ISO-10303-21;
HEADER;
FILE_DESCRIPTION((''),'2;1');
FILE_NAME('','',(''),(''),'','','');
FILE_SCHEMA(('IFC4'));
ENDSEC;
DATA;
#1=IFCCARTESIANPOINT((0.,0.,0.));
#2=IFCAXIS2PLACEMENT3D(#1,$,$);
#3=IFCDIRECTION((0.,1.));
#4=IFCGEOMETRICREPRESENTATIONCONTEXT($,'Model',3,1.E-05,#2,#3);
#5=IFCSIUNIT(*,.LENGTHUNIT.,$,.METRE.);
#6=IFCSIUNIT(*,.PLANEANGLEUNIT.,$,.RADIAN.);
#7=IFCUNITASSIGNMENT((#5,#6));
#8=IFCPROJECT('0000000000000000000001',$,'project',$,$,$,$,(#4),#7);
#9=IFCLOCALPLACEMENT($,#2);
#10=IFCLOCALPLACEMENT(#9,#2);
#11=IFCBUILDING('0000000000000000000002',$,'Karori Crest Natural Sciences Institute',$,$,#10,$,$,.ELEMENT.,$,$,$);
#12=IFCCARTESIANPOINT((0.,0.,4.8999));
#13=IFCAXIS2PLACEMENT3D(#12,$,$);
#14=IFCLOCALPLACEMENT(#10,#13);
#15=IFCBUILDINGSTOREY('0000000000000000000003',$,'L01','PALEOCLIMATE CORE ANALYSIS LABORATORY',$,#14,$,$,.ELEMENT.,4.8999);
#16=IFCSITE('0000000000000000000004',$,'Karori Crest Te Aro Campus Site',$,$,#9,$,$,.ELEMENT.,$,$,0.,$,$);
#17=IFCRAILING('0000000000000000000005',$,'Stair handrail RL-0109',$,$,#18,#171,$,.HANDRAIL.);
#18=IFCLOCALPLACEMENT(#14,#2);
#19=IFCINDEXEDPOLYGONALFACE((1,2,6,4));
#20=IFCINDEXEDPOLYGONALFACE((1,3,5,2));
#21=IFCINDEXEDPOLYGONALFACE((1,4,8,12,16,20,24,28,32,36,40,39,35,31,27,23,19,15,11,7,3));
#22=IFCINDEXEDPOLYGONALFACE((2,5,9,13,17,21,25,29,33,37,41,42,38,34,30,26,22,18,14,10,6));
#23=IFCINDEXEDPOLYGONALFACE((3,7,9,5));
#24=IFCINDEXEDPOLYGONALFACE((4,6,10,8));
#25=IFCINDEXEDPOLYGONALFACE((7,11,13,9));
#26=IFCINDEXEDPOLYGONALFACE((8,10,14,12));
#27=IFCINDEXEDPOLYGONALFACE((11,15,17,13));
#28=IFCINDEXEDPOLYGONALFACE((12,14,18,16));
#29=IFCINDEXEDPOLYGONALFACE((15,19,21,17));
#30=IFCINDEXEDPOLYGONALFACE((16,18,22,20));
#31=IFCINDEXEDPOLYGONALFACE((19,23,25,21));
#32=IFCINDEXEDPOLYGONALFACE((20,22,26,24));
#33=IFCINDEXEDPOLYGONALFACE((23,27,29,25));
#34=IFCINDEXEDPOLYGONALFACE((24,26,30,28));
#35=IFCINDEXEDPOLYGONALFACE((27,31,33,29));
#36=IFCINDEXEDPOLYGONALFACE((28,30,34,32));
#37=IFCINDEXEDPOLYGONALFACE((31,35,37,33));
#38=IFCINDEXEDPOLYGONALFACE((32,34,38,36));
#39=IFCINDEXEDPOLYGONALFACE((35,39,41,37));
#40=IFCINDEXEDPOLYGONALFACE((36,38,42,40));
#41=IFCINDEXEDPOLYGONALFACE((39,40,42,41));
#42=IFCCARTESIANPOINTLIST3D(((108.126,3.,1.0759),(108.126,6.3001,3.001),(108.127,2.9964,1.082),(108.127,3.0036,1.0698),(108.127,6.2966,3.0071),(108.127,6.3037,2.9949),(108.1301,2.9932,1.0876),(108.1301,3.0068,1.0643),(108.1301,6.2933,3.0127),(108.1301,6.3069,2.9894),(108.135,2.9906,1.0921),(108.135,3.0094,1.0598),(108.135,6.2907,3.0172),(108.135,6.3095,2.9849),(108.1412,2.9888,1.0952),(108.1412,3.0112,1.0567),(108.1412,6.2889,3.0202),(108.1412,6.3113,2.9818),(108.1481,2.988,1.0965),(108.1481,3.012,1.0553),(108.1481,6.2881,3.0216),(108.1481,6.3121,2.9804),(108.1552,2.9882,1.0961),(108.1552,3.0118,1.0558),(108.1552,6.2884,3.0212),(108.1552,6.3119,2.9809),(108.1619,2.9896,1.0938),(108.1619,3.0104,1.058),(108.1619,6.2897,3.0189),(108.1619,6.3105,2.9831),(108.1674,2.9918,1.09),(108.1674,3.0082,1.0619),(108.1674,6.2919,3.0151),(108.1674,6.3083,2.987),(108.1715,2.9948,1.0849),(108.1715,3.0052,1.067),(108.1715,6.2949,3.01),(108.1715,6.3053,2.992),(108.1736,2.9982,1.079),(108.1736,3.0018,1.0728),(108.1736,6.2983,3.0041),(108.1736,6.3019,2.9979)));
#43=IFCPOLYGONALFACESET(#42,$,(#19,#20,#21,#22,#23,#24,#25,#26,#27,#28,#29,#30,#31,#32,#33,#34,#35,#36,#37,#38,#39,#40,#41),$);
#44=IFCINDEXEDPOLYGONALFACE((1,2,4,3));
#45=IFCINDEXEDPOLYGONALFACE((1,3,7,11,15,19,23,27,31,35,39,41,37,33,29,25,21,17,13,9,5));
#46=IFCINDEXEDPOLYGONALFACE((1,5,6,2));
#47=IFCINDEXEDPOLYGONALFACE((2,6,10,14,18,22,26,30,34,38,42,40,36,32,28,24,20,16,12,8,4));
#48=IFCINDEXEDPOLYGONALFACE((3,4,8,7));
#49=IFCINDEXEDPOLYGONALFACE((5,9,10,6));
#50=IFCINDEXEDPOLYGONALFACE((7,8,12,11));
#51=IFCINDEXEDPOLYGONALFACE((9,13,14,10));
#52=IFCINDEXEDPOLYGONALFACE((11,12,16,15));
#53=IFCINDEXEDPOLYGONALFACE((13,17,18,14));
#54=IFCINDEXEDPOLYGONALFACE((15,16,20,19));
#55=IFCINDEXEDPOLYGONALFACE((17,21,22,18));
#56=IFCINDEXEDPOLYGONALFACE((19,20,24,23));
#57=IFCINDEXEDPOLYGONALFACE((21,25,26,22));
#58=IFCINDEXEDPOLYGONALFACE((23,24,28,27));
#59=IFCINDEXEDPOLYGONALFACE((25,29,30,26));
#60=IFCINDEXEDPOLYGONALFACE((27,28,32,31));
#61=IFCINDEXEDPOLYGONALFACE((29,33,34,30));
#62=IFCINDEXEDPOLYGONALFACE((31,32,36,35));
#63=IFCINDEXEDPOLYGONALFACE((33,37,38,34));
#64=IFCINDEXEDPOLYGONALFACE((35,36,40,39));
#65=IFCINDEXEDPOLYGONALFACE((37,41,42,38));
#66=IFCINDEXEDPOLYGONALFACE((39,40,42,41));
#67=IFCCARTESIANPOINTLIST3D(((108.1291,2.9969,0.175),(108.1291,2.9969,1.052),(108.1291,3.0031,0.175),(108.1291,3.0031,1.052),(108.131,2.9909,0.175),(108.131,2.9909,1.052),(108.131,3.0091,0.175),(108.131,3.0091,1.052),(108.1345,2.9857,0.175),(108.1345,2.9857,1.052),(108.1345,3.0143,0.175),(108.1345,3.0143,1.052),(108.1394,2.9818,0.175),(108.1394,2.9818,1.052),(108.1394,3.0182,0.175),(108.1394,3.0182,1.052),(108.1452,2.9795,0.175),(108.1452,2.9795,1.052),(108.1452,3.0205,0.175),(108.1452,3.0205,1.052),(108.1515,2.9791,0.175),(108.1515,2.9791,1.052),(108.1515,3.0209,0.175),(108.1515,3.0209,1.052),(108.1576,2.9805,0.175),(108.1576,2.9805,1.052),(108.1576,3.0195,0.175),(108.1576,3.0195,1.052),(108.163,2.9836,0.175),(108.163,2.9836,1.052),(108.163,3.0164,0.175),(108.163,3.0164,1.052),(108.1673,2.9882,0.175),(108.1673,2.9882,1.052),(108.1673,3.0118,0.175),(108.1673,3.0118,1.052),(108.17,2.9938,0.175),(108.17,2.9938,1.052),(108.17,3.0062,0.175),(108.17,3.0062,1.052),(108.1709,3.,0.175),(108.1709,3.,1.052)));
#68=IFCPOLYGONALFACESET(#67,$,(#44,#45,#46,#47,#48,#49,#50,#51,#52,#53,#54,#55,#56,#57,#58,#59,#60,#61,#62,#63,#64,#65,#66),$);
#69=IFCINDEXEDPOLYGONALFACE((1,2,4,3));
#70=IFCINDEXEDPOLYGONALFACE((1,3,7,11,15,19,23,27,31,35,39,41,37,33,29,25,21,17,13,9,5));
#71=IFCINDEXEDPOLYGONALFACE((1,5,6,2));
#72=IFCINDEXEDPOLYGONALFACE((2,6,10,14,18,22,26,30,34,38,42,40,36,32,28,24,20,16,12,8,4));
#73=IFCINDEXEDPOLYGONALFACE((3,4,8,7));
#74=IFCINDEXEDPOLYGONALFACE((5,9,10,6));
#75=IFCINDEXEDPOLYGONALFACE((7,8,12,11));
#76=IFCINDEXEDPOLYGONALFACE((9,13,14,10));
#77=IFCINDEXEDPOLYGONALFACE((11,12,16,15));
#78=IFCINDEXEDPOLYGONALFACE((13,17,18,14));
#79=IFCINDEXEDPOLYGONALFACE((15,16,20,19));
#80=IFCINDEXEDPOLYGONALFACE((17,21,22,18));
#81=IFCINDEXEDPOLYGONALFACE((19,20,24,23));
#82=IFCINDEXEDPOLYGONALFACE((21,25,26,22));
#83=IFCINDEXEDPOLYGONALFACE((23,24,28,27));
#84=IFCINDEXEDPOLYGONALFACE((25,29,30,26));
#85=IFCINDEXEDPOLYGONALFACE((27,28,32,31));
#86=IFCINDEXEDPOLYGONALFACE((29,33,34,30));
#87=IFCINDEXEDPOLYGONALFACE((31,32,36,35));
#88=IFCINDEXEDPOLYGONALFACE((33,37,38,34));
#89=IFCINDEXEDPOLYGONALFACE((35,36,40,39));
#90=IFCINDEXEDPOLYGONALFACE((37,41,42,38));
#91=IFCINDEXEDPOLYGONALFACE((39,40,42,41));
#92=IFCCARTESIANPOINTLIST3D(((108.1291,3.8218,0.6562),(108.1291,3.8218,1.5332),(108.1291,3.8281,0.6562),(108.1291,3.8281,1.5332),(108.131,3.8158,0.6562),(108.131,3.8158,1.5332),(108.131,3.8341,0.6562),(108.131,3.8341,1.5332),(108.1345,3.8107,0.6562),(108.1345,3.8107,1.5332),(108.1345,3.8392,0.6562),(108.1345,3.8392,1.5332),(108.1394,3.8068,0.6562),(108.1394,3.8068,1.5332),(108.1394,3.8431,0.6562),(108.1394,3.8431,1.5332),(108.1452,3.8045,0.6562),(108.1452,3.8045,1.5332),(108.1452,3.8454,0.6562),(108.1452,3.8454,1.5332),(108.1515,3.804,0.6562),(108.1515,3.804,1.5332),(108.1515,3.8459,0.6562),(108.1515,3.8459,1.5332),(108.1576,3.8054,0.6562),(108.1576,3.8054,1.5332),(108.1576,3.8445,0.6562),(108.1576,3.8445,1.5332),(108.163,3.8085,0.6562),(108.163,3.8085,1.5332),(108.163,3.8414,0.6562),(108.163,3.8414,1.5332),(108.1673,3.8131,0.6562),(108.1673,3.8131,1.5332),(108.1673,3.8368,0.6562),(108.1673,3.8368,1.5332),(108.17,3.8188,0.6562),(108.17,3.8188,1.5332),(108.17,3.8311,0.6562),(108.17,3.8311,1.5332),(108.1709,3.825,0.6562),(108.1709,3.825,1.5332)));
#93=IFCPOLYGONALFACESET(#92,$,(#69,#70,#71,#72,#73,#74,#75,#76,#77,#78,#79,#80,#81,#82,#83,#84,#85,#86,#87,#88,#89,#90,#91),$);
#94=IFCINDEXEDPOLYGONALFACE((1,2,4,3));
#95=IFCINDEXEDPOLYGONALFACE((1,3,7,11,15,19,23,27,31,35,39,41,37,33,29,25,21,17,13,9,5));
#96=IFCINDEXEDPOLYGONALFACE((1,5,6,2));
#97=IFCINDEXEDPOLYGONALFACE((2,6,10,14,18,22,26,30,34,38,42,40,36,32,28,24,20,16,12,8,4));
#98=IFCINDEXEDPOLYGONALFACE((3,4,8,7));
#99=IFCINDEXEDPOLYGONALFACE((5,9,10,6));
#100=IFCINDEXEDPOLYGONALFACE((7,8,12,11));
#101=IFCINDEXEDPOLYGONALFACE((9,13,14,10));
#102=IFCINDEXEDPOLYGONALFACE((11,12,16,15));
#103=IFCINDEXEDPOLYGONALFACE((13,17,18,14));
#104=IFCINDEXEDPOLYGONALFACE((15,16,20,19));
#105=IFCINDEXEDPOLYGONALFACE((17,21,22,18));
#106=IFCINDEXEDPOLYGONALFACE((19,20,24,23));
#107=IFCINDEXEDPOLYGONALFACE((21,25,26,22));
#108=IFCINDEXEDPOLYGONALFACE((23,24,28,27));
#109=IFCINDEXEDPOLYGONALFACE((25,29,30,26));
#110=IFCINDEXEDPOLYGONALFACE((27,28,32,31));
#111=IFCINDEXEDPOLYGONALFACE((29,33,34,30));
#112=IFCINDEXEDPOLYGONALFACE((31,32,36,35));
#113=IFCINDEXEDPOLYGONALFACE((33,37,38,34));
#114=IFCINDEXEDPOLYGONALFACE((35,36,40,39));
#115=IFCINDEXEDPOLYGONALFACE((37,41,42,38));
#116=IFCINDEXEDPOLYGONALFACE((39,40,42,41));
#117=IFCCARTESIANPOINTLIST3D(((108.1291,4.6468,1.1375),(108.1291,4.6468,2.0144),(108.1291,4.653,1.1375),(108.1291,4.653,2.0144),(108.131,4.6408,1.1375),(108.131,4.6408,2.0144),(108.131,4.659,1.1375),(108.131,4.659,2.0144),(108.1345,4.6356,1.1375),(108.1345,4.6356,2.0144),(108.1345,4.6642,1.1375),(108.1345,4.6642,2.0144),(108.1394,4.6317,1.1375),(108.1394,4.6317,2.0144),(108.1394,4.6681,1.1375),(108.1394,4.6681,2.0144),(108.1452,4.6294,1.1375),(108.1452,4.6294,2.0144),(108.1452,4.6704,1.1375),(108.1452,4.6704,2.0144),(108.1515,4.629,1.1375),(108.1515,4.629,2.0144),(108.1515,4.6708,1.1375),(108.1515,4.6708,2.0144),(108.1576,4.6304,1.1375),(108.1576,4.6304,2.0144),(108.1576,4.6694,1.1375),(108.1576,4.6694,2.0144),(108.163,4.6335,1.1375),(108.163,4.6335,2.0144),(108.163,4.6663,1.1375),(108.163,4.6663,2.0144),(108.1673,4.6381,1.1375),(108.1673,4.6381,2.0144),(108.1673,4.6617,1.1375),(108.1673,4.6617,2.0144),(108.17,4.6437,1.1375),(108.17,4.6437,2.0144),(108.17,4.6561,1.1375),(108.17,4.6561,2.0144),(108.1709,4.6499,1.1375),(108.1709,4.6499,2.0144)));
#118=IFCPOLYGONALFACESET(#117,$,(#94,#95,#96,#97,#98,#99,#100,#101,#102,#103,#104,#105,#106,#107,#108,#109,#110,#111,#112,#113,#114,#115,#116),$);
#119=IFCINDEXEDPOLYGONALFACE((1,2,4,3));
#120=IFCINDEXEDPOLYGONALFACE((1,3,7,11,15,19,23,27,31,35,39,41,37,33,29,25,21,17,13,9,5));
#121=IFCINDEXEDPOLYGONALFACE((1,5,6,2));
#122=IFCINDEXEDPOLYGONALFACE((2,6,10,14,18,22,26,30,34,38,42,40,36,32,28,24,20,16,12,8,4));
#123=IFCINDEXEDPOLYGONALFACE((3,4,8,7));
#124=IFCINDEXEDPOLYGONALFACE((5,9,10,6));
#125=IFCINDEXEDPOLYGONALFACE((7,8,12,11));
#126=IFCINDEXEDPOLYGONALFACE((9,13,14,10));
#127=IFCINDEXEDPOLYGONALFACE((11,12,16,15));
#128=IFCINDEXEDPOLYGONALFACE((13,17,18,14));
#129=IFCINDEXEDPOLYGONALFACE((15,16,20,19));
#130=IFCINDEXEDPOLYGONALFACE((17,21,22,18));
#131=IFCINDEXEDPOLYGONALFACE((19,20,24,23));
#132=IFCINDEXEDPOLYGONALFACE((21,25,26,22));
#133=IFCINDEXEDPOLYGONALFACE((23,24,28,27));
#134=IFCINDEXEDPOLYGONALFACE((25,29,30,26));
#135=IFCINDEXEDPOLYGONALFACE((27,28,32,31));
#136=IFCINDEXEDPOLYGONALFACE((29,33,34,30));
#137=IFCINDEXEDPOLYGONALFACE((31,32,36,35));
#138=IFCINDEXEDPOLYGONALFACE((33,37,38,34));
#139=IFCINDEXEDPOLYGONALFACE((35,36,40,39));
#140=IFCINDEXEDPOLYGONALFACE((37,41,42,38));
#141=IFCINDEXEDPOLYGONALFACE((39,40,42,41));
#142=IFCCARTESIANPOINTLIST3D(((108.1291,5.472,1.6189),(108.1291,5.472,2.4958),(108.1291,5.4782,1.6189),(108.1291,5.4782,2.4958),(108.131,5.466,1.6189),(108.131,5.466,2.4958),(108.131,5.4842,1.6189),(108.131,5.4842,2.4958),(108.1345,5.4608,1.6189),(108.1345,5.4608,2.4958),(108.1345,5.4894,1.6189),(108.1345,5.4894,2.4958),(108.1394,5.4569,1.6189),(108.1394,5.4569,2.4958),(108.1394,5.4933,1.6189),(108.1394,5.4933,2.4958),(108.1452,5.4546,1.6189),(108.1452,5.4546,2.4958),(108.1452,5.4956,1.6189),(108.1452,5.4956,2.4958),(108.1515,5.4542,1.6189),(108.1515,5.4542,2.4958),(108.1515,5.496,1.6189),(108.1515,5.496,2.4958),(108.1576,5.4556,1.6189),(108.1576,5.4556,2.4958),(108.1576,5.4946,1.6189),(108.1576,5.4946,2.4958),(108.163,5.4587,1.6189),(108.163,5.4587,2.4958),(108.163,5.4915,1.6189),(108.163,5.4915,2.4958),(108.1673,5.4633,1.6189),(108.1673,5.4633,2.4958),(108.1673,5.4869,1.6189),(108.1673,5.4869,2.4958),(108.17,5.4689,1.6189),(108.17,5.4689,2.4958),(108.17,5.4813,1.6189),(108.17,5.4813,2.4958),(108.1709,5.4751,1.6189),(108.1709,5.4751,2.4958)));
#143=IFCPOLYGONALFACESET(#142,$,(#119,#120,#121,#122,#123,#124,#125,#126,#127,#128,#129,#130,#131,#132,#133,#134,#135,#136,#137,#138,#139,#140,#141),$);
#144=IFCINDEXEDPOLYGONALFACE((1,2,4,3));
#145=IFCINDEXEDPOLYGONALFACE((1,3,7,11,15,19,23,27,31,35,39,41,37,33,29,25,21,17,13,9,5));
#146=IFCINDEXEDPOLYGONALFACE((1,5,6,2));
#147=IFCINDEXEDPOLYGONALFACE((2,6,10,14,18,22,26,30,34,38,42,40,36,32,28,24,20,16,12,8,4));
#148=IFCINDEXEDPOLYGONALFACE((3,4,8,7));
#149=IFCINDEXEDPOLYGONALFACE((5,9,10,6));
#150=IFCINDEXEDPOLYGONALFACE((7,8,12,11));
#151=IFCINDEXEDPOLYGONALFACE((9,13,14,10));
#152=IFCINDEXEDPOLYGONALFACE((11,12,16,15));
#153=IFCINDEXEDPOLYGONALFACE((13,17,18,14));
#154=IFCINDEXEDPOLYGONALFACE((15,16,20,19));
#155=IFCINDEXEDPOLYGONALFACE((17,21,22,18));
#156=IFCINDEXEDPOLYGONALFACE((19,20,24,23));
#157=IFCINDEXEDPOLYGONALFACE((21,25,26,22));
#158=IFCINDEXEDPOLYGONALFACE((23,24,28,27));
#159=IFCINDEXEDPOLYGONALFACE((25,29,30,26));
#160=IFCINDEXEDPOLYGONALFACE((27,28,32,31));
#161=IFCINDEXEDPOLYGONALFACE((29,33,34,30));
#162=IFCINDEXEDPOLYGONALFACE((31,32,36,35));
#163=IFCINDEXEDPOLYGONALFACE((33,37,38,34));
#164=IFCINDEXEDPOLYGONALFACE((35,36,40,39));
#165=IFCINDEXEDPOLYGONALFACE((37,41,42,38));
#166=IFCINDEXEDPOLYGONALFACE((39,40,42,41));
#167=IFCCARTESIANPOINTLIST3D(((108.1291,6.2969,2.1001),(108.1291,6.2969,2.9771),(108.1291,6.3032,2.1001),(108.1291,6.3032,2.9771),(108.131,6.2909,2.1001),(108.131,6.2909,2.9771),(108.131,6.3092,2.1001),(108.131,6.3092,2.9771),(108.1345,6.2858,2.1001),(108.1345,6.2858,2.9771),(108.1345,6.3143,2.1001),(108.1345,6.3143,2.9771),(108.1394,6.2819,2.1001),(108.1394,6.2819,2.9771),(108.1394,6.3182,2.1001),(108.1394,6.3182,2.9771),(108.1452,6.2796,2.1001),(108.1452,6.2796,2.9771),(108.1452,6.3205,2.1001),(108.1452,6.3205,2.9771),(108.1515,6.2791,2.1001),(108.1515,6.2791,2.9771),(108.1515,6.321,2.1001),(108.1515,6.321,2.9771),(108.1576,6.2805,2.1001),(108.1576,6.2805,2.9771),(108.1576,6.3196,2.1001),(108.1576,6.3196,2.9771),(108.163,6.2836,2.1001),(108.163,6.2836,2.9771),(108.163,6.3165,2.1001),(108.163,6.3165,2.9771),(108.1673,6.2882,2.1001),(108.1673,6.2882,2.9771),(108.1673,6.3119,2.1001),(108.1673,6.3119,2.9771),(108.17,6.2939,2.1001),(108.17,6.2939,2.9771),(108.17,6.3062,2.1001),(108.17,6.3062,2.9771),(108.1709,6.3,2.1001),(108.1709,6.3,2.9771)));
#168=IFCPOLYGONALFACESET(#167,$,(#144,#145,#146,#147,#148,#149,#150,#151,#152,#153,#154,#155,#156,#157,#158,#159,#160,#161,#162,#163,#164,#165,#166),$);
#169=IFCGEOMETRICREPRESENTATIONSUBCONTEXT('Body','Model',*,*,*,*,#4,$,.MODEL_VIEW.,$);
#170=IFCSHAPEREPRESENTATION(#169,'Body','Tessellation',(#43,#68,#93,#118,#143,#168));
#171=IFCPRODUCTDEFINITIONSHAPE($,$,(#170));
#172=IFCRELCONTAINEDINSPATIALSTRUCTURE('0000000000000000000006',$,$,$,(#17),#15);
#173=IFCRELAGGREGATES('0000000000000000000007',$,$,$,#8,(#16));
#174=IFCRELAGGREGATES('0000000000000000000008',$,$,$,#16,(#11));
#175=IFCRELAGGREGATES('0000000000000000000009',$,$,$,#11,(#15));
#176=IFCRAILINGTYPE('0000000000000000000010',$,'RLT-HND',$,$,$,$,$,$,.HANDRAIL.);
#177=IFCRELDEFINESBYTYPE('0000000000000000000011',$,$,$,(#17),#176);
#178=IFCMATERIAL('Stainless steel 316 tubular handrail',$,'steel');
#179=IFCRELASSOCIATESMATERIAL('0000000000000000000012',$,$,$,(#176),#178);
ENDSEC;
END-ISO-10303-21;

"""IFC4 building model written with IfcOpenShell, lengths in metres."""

from ifc_helpers import new_model, si_unit, direction, frame, origin, origin_2d, place, context, subcontext, project, spatial, circle, extrude, material, type_object, element, save


model = new_model("IFC4")

# Units and contexts
model_context = context("Model", 3, precision=1e-05, world=origin(), true_north=direction((0.0, 1.0)))
body_context = subcontext(model_context, "Body", "Model", "MODEL_VIEW")
ifc_project = project(units=[si_unit("LENGTHUNIT", "METRE"), si_unit("PLANEANGLEUNIT", "RADIAN")], contexts=[model_context])

# Site, building, storey
site_placement = place(None, origin())
site = spatial("IfcSite", under=ifc_project, at=site_placement, Name="Karori Crest Te Aro Campus Site", CompositionType="ELEMENT", RefElevation=0.0)
building_placement = place(site_placement, origin())
building = spatial("IfcBuilding", under=site, at=building_placement, Name="Karori Crest Natural Sciences Institute", CompositionType="ELEMENT")
storey_placement = place(building_placement, frame((0.0, 0.0, 4.8999)))
storey = spatial("IfcBuildingStorey", under=building, at=storey_placement, Name="L01", Description="PALEOCLIMATE CORE ANALYSIS LABORATORY", CompositionType="ELEMENT", Elevation=4.8999)

# Railing
ifc_material_1 = material(Name="Stainless steel 316 tubular handrail", Category="steel")
railing_type = type_object("IfcRailingType", Name="RLT-HND", PredefinedType="HANDRAIL", material=ifc_material_1)
railing_placement = place(storey_placement, frame((108.1499, 3.0, 0.175)))
element("IfcRailing", 1, at=railing_placement, inside=storey, type_object=railing_type, Name="Stair handrail RL-0109", PredefinedType="HANDRAIL", context=body_context, shape_type="SweptSolid", body=[
    extrude(circle(Radius=0.0239, at=origin_2d()), frame((0.0, 0.0, 0.9009), z_axis=(0.0, 0.863777, 0.503875), x_axis=(-1.0, 0.0, 0.0)), (0.0, 0.0, 1.0), 3.8206),
    extrude(circle(Radius=0.021, at=origin_2d()), origin(), (0.0, 0.0, 1.0), 0.877),
    extrude(circle(Radius=0.021, at=origin_2d()), frame((0.0, 0.825, 0.4812)), (0.0, 0.0, 1.0), 0.877),
    extrude(circle(Radius=0.021, at=origin_2d()), frame((0.0, 1.6499, 0.9624)), (0.0, 0.0, 1.0), 0.877),
    extrude(circle(Radius=0.021, at=origin_2d()), frame((0.0, 2.4751, 1.4438)), (0.0, 0.0, 1.0), 0.877),
    extrude(circle(Radius=0.021, at=origin_2d()), frame((0.0, 3.3, 1.925)), (0.0, 0.0, 1.0), 0.877),
])

save(model, "model.ifc")
